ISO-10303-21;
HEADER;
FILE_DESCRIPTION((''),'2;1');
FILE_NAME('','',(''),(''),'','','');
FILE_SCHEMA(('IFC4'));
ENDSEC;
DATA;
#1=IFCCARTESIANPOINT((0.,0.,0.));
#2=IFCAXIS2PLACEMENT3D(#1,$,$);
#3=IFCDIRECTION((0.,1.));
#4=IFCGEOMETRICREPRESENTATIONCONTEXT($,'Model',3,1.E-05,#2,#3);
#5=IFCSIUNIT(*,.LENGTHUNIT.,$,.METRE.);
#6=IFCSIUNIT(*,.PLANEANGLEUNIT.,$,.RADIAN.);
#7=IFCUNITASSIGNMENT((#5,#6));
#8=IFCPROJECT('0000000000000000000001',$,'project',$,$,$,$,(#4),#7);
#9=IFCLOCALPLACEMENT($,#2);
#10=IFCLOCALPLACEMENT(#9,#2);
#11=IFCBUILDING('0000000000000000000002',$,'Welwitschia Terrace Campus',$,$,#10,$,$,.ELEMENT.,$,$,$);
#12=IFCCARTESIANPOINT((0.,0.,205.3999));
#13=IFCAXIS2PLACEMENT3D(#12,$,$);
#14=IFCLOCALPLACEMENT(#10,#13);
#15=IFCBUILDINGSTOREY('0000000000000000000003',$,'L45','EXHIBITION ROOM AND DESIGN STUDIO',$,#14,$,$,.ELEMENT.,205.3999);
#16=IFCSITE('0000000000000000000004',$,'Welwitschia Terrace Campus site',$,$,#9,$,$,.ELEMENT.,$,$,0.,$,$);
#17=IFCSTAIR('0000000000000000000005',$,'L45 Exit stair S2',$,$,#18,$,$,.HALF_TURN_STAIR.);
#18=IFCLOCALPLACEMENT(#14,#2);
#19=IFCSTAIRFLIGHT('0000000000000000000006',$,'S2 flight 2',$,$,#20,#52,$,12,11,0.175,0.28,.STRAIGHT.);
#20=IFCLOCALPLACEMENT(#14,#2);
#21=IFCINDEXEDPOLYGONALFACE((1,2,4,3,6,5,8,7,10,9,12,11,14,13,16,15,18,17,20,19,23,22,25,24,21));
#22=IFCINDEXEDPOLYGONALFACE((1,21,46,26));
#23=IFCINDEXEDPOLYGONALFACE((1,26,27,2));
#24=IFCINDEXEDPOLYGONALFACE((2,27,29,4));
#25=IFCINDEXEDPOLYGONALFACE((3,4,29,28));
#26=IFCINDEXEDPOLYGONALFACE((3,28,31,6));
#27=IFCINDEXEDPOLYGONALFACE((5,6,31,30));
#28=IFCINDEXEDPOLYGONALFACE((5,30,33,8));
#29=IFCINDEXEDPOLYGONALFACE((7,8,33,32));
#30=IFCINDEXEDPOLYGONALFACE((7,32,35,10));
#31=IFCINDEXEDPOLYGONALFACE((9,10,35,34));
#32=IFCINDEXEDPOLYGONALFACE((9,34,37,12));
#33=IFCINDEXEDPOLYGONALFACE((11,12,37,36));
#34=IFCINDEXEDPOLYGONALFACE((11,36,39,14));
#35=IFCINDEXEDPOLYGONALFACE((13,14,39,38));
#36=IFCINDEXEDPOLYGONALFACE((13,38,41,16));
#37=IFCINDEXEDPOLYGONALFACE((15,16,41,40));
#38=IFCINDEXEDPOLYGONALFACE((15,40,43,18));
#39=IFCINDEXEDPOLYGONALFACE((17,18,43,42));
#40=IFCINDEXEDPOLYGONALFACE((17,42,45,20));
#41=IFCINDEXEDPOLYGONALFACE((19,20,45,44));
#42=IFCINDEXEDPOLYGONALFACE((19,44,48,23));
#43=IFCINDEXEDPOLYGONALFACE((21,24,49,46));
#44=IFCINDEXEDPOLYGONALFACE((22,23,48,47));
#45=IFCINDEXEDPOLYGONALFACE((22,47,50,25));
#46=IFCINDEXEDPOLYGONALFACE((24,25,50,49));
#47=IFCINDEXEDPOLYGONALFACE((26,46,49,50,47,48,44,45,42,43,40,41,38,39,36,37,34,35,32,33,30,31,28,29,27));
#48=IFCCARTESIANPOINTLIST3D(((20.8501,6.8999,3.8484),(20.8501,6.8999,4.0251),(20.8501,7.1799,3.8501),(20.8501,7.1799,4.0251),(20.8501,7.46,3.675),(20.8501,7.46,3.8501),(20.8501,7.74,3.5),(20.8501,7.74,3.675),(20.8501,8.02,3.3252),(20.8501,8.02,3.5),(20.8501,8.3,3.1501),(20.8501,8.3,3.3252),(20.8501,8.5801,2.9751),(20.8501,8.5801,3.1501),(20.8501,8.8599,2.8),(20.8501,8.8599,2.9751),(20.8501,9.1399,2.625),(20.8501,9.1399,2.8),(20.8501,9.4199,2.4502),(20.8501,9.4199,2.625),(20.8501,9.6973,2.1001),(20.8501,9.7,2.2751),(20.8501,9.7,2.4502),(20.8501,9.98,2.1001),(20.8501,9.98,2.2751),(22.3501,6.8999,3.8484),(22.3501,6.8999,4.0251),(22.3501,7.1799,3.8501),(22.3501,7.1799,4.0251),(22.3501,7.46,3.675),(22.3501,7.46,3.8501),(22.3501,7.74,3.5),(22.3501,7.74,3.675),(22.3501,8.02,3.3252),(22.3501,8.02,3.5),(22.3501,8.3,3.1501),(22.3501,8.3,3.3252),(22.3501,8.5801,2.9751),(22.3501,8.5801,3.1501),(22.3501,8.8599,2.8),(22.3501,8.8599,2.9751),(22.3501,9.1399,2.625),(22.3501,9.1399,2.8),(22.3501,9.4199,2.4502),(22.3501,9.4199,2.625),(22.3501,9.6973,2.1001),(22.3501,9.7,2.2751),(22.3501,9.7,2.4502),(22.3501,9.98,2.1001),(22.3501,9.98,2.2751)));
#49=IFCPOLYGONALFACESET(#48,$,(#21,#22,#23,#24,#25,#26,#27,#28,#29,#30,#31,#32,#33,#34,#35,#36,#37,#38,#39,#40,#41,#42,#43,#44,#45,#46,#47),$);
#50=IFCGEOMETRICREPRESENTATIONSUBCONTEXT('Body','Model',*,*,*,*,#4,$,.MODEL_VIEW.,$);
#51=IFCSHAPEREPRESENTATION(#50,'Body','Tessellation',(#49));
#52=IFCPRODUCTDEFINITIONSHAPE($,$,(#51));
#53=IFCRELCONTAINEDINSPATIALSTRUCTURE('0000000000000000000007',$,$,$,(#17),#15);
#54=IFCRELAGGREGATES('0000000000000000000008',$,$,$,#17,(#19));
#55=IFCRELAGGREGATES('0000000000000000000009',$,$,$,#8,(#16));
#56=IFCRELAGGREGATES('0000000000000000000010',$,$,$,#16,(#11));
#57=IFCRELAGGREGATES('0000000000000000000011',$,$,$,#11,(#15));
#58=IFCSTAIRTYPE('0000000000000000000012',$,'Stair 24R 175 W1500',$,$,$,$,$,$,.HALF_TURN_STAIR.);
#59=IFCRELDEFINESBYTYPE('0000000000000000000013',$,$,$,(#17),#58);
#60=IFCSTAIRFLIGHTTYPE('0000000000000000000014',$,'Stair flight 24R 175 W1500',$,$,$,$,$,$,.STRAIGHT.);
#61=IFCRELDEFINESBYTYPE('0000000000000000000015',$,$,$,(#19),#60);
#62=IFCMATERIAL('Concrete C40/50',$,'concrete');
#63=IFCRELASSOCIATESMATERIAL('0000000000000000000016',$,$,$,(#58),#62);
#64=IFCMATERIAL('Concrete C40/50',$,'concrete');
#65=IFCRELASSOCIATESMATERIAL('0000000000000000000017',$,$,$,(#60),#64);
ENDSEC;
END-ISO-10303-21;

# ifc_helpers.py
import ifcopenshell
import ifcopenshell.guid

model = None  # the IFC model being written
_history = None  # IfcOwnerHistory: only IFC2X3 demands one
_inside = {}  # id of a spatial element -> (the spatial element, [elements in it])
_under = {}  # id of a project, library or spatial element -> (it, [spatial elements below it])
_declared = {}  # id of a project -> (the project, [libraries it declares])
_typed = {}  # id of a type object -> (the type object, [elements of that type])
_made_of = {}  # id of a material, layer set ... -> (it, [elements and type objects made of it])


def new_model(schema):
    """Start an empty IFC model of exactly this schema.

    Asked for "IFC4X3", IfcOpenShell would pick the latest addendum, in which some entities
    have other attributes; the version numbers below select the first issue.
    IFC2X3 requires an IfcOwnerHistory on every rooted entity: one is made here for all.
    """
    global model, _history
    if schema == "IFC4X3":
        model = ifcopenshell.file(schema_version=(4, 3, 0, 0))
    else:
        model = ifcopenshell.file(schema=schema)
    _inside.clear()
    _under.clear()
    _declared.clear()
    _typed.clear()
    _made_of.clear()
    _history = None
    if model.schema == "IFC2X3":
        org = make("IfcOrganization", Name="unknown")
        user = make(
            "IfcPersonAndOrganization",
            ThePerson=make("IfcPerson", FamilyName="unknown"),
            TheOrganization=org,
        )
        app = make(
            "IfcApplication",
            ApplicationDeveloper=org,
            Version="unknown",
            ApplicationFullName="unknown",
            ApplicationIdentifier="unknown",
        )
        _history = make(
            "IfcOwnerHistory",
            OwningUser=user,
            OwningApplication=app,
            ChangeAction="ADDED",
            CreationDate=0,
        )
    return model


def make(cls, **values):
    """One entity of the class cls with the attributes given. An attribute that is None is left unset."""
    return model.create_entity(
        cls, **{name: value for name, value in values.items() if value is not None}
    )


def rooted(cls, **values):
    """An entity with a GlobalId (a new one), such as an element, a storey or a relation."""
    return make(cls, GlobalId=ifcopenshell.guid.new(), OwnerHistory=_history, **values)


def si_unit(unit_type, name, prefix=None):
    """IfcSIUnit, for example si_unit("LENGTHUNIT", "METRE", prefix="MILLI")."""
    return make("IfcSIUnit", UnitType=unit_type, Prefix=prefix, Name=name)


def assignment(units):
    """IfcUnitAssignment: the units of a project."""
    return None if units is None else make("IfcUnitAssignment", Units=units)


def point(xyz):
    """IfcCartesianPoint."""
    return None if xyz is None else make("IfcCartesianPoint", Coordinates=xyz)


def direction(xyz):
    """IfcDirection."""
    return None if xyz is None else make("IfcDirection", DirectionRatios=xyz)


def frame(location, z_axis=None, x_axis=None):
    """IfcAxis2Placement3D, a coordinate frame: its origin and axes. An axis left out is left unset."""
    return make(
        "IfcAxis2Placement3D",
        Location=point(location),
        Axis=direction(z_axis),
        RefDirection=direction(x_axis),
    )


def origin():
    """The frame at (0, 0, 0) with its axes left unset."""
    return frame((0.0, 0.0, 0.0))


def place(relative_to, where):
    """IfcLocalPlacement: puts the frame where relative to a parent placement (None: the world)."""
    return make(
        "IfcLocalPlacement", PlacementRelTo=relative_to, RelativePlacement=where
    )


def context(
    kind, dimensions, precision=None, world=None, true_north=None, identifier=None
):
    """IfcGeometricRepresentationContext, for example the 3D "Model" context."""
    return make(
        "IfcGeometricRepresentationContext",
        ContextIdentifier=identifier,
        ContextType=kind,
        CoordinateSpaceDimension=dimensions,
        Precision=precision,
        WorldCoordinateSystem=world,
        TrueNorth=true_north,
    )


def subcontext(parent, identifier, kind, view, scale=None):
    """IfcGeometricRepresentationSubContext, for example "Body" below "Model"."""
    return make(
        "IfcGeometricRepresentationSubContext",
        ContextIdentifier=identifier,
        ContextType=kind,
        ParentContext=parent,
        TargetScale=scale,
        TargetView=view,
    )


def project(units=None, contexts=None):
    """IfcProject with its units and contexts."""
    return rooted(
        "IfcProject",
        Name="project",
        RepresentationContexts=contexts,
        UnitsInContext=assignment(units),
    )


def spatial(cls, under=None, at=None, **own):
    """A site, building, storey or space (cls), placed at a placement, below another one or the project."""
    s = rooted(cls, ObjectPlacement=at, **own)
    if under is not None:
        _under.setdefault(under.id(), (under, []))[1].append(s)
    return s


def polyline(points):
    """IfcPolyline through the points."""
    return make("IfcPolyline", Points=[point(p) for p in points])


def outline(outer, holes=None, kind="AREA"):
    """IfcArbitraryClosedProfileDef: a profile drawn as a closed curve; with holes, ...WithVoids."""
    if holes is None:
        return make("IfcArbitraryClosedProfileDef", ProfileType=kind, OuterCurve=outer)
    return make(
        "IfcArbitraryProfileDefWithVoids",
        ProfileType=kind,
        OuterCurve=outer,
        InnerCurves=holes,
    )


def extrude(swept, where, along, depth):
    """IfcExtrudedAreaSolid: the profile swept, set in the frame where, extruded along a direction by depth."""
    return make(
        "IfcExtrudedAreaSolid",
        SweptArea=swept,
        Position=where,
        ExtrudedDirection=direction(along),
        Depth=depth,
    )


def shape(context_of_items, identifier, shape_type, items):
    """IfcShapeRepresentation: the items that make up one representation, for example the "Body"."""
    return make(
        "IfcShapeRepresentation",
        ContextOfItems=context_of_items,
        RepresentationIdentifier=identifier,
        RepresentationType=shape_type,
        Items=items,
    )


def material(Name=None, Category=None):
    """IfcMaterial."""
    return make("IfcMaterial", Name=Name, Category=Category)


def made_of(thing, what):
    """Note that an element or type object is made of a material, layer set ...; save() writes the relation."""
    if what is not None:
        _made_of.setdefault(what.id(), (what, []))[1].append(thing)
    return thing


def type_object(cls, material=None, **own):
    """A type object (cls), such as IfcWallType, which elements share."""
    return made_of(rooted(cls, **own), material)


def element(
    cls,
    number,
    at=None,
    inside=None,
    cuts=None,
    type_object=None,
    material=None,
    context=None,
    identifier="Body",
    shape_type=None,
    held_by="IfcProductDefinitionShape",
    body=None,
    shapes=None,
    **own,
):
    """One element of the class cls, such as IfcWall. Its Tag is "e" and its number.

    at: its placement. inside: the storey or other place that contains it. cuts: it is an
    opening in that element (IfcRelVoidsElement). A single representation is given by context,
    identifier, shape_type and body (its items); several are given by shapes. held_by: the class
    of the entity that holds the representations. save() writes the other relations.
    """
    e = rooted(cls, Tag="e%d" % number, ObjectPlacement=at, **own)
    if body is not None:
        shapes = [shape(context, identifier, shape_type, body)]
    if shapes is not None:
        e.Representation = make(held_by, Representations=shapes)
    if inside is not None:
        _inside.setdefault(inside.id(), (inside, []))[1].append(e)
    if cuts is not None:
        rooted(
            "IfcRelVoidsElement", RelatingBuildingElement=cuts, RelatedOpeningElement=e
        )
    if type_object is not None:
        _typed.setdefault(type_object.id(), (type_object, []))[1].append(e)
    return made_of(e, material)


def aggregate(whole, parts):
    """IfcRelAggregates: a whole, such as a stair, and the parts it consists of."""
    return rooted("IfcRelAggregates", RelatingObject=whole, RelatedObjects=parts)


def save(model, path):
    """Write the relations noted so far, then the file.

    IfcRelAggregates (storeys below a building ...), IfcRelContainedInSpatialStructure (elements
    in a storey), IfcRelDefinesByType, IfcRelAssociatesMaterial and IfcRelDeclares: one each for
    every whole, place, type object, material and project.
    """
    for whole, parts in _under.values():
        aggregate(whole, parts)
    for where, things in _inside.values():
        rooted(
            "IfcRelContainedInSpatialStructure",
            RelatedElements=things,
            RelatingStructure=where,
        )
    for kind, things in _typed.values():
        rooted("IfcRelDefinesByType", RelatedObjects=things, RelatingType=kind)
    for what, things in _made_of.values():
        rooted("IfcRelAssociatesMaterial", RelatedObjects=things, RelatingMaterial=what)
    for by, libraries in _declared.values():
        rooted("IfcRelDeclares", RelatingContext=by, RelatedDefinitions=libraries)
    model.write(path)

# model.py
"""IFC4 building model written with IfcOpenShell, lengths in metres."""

from ifc_helpers import new_model, si_unit, direction, frame, origin, place, context, subcontext, project, spatial, polyline, outline, extrude, material, type_object, element, aggregate, save


model = new_model("IFC4")

# Units and contexts
model_context = context("Model", 3, precision=1e-05, world=origin(), true_north=direction((0.0, 1.0)))
body_context = subcontext(model_context, "Body", "Model", "MODEL_VIEW")
ifc_project = project(units=[si_unit("LENGTHUNIT", "METRE"), si_unit("PLANEANGLEUNIT", "RADIAN")], contexts=[model_context])

# Site, building, storey
site_placement = place(None, origin())
site = spatial("IfcSite", under=ifc_project, at=site_placement, Name="Welwitschia Terrace Campus site", CompositionType="ELEMENT", RefElevation=0.0)
building_placement = place(site_placement, origin())
building = spatial("IfcBuilding", under=site, at=building_placement, Name="Welwitschia Terrace Campus", CompositionType="ELEMENT")
storey_placement = place(building_placement, frame((0.0, 0.0, 205.3999)))
storey = spatial("IfcBuildingStorey", under=building, at=storey_placement, Name="L45", Description="EXHIBITION ROOM AND DESIGN STUDIO", CompositionType="ELEMENT", Elevation=205.3999)

# Stair, stair flight
ifc_material_1 = material(Name="Concrete C40/50", Category="concrete")
stair_type = type_object("IfcStairType", Name="Stair 24R 175 W1500", PredefinedType="HALF_TURN_STAIR", material=ifc_material_1)
stair_placement = place(storey_placement, origin())
stair = element("IfcStair", 1, at=stair_placement, inside=storey, type_object=stair_type, Name="L45 Exit stair S2", PredefinedType="HALF_TURN_STAIR")
ifc_material_2 = material(Name="Concrete C40/50", Category="concrete")
stair_flight_type = type_object("IfcStairFlightType", Name="Stair flight 24R 175 W1500", PredefinedType="STRAIGHT", material=ifc_material_2)
stair_flight_1_placement = place(storey_placement, frame((21.6001, 9.98, 2.1001), z_axis=(0.0, 0.0, 1.0), x_axis=(0.0, -1.0, 0.0)))
stair_flight_1 = element("IfcStairFlight", 2, at=stair_flight_1_placement, type_object=stair_flight_type, Name="S2 flight 2", NumberOfRisers=12, NumberOfTreads=11, PredefinedType="STRAIGHT", RiserHeight=0.175, TreadLength=0.28, context=body_context, shape_type="SweptSolid", body=[
    extrude(outline(polyline([(0.0, 0.0), (0.0, 0.175), (0.28, 0.175), (0.28, 0.3501), (0.5601, 0.3501), (0.5601, 0.5249), (0.8401, 0.5249), (0.8401, 0.7), (1.1201, 0.7), (1.1201, 0.875), (1.3999, 0.875), (1.3999, 1.05), (1.6799, 1.05), (1.6799, 1.2251), (1.96, 1.2251), (1.96, 1.3999), (2.24, 1.3999), (2.24, 1.575), (2.52, 1.575), (2.52, 1.75), (2.8, 1.75), (2.8, 1.925), (3.0801, 1.925), (3.0801, 2.1001), (3.0801, 1.7483), (0.2827, 0.0), (0.0, 0.0)])), frame((0.0, 0.75, 0.0), z_axis=(0.0, -1.0, 0.0), x_axis=(1.0, 0.0, 0.0)), (0.0, 0.0, 1.0), 1.5),
])
aggregate(stair, [stair_flight_1])

save(model, "model.ifc")
